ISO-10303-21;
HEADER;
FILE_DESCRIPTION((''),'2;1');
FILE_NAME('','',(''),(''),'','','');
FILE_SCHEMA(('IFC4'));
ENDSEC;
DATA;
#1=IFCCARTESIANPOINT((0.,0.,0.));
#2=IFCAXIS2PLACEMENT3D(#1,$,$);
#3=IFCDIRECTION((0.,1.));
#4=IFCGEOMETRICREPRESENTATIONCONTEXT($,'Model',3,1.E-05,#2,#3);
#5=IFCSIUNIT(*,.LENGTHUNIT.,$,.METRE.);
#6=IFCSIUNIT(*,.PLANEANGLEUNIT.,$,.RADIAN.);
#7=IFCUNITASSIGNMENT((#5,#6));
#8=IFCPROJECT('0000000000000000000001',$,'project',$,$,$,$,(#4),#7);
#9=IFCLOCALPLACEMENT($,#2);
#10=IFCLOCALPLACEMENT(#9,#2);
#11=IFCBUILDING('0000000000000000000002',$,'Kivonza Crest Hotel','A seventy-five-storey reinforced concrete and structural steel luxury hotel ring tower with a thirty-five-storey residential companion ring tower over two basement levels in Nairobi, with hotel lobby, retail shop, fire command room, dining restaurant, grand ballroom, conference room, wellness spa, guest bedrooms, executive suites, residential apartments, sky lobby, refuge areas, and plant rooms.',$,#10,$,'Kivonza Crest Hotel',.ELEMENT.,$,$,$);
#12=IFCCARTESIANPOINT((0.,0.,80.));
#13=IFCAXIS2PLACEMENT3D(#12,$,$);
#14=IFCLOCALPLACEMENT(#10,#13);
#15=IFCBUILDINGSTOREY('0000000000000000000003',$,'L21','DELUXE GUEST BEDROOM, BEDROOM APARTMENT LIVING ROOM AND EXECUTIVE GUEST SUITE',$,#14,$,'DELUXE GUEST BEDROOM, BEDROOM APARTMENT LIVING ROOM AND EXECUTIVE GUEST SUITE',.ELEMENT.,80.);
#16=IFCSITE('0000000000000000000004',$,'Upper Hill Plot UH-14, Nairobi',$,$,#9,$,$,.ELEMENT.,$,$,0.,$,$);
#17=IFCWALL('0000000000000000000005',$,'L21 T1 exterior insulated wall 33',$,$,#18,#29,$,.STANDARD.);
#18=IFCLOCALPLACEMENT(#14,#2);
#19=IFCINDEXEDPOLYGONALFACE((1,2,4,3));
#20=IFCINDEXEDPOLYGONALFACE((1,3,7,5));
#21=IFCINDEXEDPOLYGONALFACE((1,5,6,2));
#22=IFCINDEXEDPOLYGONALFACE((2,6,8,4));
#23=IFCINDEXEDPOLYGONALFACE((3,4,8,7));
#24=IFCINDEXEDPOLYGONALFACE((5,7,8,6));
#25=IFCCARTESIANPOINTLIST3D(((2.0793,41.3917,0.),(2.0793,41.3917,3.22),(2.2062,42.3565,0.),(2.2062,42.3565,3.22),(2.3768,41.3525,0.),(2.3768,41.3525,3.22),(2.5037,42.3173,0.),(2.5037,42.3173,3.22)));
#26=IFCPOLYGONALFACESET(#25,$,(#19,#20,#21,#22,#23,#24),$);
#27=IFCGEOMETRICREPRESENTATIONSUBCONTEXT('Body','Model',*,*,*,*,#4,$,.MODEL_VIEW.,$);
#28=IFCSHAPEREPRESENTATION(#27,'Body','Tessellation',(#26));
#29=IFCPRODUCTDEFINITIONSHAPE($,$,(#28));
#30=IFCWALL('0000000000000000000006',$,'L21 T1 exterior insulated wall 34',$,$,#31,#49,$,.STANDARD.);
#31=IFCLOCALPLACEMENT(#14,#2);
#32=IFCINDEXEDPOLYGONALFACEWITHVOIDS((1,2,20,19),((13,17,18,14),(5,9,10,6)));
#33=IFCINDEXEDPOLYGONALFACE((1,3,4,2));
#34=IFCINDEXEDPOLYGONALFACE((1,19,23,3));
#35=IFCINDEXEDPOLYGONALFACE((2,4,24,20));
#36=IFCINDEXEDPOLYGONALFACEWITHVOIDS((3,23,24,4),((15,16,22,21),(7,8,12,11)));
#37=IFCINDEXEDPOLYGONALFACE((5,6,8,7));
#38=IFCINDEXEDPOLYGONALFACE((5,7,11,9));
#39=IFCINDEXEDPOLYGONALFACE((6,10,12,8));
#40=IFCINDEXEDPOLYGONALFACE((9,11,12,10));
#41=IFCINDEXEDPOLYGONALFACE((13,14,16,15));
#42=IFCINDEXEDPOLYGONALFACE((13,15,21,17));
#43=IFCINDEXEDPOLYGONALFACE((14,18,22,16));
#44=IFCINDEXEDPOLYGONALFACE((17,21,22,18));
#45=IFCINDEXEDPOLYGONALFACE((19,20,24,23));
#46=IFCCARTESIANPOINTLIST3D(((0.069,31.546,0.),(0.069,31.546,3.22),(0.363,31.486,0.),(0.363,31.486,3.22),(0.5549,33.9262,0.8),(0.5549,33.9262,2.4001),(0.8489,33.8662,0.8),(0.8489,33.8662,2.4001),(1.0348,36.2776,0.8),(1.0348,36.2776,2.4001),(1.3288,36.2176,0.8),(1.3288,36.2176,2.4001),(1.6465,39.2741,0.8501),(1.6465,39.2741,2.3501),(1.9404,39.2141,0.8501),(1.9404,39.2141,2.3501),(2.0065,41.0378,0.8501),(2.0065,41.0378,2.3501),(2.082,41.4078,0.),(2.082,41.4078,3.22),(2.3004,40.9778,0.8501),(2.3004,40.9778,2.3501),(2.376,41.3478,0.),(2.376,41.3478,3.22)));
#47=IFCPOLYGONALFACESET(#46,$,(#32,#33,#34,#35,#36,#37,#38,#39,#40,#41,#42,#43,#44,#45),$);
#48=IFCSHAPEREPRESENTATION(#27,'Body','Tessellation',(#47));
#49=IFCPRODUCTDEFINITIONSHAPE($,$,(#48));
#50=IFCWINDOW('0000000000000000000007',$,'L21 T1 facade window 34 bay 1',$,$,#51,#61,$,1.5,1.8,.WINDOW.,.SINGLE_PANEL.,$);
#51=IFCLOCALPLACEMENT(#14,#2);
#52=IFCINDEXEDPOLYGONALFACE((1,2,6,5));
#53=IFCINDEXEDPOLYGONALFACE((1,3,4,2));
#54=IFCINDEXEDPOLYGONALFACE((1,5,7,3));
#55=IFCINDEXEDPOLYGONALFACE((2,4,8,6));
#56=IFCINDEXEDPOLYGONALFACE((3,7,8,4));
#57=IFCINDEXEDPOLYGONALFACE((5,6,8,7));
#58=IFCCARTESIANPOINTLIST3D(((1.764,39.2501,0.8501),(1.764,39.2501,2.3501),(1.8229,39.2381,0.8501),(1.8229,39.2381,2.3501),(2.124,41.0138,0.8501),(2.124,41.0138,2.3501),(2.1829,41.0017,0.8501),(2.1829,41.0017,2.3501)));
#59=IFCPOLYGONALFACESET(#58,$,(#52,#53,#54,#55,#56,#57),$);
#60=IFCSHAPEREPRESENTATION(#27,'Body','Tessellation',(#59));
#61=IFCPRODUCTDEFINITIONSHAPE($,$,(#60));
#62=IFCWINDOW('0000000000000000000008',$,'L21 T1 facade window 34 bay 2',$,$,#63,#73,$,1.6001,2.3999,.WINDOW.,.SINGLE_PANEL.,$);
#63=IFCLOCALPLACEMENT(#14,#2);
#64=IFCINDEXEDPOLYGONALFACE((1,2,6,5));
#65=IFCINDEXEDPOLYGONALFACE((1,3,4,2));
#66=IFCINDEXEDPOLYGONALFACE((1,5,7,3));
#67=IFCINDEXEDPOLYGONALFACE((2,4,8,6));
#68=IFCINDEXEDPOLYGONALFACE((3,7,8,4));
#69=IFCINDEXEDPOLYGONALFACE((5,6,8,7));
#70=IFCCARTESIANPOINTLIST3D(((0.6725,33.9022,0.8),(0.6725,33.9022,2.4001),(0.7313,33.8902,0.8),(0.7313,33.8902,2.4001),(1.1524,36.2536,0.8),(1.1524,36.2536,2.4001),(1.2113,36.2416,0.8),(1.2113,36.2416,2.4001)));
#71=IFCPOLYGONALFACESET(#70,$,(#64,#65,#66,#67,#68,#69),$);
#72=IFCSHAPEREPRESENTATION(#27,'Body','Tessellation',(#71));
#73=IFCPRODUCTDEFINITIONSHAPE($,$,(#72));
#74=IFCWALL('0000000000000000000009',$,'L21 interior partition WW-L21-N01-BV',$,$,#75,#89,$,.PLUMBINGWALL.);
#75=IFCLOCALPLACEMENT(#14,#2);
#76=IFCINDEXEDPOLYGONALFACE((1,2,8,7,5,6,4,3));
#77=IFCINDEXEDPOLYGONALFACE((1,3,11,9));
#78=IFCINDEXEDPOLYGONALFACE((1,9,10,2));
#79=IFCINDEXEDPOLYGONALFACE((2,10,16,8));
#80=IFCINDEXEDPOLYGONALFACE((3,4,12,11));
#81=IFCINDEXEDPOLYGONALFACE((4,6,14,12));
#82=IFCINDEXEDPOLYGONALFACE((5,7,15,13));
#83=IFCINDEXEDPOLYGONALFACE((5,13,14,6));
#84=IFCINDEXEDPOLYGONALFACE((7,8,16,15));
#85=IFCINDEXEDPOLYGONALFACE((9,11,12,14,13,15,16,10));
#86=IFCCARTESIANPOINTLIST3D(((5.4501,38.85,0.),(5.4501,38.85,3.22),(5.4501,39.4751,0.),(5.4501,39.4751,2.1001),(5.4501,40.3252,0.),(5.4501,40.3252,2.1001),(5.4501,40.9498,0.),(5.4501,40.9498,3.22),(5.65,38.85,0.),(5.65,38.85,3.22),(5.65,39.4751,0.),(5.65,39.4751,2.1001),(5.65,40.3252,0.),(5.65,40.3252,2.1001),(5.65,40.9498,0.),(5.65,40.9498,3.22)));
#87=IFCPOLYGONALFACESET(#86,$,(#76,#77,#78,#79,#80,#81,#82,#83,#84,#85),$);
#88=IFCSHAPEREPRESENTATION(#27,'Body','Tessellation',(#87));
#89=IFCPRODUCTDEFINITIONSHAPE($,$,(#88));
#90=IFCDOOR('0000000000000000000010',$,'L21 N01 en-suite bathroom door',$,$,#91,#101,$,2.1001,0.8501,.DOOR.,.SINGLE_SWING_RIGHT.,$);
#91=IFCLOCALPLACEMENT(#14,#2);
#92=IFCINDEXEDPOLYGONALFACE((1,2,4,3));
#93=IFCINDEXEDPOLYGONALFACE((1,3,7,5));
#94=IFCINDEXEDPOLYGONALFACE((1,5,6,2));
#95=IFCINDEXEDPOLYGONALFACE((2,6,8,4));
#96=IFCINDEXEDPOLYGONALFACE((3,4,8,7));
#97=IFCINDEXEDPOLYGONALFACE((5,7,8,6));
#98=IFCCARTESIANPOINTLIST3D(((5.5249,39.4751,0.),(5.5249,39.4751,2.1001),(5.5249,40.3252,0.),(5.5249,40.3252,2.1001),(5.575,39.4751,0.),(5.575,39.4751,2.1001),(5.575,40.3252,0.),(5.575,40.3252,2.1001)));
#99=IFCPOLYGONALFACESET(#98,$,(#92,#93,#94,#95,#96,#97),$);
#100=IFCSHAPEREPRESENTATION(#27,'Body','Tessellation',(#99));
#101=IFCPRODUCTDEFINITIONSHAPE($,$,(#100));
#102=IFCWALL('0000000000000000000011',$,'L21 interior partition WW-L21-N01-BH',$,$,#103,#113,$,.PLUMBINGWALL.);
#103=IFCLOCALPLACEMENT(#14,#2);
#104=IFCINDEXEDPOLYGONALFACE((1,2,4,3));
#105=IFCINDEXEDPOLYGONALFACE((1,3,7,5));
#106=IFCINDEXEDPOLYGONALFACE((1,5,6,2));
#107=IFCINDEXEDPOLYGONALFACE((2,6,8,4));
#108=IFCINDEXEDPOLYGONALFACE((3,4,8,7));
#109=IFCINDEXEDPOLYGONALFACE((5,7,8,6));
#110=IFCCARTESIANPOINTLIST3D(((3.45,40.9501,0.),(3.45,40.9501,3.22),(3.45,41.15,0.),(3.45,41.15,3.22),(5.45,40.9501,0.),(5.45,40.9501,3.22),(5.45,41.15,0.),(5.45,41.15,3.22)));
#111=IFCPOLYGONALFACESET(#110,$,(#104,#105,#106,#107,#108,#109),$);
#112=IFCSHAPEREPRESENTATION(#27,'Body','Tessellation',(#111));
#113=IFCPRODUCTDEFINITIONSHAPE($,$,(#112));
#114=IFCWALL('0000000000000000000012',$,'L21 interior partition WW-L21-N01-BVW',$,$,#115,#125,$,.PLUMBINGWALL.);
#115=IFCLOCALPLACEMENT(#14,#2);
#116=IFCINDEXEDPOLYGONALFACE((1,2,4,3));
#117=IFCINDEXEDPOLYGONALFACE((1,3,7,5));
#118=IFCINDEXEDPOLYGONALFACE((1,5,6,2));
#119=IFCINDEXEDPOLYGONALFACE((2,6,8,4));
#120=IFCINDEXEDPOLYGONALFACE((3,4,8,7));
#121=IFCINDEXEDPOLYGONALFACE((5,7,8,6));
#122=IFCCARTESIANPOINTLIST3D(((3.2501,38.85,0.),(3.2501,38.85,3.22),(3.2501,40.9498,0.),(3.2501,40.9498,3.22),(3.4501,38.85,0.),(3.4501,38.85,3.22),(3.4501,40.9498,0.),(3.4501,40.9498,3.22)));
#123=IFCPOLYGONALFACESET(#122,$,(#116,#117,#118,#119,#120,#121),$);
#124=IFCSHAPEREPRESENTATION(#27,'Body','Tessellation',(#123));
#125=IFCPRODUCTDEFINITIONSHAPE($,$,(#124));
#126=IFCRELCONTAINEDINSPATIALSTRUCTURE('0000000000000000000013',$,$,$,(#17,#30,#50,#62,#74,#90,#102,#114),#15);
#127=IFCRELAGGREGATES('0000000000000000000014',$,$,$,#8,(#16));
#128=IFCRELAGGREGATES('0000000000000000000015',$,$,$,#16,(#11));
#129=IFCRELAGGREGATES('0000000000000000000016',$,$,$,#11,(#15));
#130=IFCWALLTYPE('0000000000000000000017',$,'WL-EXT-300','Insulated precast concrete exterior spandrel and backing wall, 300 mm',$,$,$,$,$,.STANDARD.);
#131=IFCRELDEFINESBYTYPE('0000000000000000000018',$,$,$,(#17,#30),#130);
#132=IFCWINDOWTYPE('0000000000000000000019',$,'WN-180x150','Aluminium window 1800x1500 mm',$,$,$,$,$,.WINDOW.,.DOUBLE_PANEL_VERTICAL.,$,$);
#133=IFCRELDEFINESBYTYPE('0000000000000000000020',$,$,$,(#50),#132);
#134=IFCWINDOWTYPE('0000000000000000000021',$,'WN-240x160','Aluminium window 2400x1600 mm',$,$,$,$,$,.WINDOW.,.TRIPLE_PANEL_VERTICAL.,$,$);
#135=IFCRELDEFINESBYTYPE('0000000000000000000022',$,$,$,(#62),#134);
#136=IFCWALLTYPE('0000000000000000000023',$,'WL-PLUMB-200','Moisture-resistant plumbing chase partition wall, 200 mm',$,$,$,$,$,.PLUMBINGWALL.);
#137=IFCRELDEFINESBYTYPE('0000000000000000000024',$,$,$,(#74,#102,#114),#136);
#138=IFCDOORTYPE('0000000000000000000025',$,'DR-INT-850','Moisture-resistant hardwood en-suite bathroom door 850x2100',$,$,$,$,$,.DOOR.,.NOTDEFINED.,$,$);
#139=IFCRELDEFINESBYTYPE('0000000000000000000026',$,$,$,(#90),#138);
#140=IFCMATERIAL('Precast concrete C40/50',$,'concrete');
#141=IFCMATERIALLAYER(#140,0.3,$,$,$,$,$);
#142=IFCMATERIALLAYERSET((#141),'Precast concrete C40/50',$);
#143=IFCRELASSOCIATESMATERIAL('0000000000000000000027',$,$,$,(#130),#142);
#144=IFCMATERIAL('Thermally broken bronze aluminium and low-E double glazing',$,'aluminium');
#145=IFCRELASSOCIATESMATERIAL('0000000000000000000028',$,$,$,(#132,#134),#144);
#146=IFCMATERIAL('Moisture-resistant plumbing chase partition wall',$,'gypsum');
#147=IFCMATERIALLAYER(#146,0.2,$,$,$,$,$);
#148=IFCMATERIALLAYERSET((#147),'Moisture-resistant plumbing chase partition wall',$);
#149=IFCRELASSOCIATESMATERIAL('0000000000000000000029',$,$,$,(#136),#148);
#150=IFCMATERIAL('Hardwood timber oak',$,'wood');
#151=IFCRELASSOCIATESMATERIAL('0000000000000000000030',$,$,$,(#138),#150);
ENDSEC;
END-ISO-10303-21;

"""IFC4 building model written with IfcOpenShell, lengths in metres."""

from ifc_helpers import new_model, si_unit, direction, frame, frame_2d, origin, place, context, subcontext, project, spatial, rectangle, extrude, material, layer, layer_set, type_object, element, fill, save


model = new_model("IFC4")

# Units and contexts
model_context = context("Model", 3, precision=1e-05, world=origin(), true_north=direction((0.0, 1.0)))
body_context = subcontext(model_context, "Body", "Model", "MODEL_VIEW")
ifc_project = project(units=[si_unit("LENGTHUNIT", "METRE"), si_unit("PLANEANGLEUNIT", "RADIAN")], contexts=[model_context])

# Site, building, storey
site_placement = place(None, origin())
site = spatial("IfcSite", under=ifc_project, at=site_placement, Name="Upper Hill Plot UH-14, Nairobi", CompositionType="ELEMENT", RefElevation=0.0)
building_placement = place(site_placement, origin())
building = spatial("IfcBuilding", under=site, at=building_placement, Name="Kivonza Crest Hotel", Description="A seventy-five-storey reinforced concrete and structural steel luxury hotel ring tower with a thirty-five-storey residential companion ring tower over two basement levels in Nairobi, with hotel lobby, retail shop, fire command room, dining restaurant, grand ballroom, conference room, wellness spa, guest bedrooms, executive suites, residential apartments, sky lobby, refuge areas, and plant rooms.", LongName="Kivonza Crest Hotel", CompositionType="ELEMENT")
storey_placement = place(building_placement, frame((0.0, 0.0, 80.0)))
storey = spatial("IfcBuildingStorey", under=building, at=storey_placement, Name="L21", Description="DELUXE GUEST BEDROOM, BEDROOM APARTMENT LIVING ROOM AND EXECUTIVE GUEST SUITE", LongName="DELUXE GUEST BEDROOM, BEDROOM APARTMENT LIVING ROOM AND EXECUTIVE GUEST SUITE", CompositionType="ELEMENT", Elevation=80.0)

# Shared definitions
ifc_material_1 = material(Name="Hardwood timber oak", Category="wood")

# Wall
ifc_material_2 = material(Name="Precast concrete C40/50", Category="concrete")
ifc_layer_1 = layer(ifc_material_2, 0.3)
ifc_layer_set_1 = layer_set([ifc_layer_1], Name="Precast concrete C40/50")
wall_type_1 = type_object("IfcWallType", Name="WL-EXT-300", Description="Insulated precast concrete exterior spandrel and backing wall, 300 mm", PredefinedType="STANDARD", material=ifc_layer_set_1)
wall_1_placement = place(storey_placement, frame((2.355, 42.3369, 0.0), z_axis=(0.0, 0.0, 1.0), x_axis=(-0.130455, -0.991454, 0.0)))
element("IfcWall", 1, at=wall_1_placement, inside=storey, type_object=wall_type_1, Name="L21 T1 exterior insulated wall 33", PredefinedType="STANDARD", context=body_context, shape_type="SweptSolid", body=[
    extrude(rectangle(XDim=0.9731, YDim=0.3, at=frame_2d((0.4866, 0.0))), origin(), (0.0, 0.0, 1.0), 3.22),
])

# Wall, openings, windows
wall_2_placement = place(storey_placement, frame((2.229, 41.3779, 0.0), z_axis=(0.0, 0.0, 1.0), x_axis=(-0.199991, -0.979798, 0.0)))
wall_2 = element("IfcWall", 2, at=wall_2_placement, inside=storey, type_object=wall_type_1, Name="L21 T1 exterior insulated wall 34", PredefinedType="STANDARD", context=body_context, shape_type="SweptSolid", body=[
    extrude(rectangle(XDim=10.0652, YDim=0.3, at=frame_2d((5.0327, 0.0))), origin(), (0.0, 0.0, 1.0), 3.22),
])
opening_1_placement = place(wall_2_placement, frame((0.3779, 0.0, 0.8501)))
opening_1 = element("IfcOpeningElement", 3, at=opening_1_placement, cuts=wall_2, PredefinedType="OPENING", context=body_context, shape_type="SweptSolid", body=[
    extrude(rectangle(XDim=1.8, YDim=1.5, at=frame_2d((0.8999, 0.75))), frame((0.0, 0.1602, 0.0), z_axis=(0.0, -1.0, 0.0), x_axis=(1.0, 0.0, 0.0)), (0.0, 0.0, 1.0), 0.3201),
])
opening_2_placement = place(wall_2_placement, frame((5.2361, 0.0, 0.8)))
opening_2 = element("IfcOpeningElement", 4, at=opening_2_placement, cuts=wall_2, PredefinedType="OPENING", context=body_context, shape_type="SweptSolid", body=[
    extrude(rectangle(XDim=2.3999, YDim=1.6001, at=frame_2d((1.2, 0.8))), frame((0.0, 0.1602, 0.0), z_axis=(0.0, -1.0, 0.0), x_axis=(1.0, 0.0, 0.0)), (0.0, 0.0, 1.0), 0.3201),
])
ifc_material_3 = material(Name="Thermally broken bronze aluminium and low-E double glazing", Category="aluminium")
window_type_1 = type_object("IfcWindowType", Name="WN-180x150", Description="Aluminium window 1800x1500 mm", PartitioningType="DOUBLE_PANEL_VERTICAL", PredefinedType="WINDOW", material=ifc_material_3)
window_1_placement = place(opening_1_placement, origin())
window_1 = element("IfcWindow", 5, at=window_1_placement, inside=storey, type_object=window_type_1, Name="L21 T1 facade window 34 bay 1", OverallHeight=1.5, OverallWidth=1.8, PartitioningType="SINGLE_PANEL", PredefinedType="WINDOW", context=body_context, shape_type="SweptSolid", body=[
    extrude(rectangle(XDim=1.8, YDim=1.5, at=frame_2d((0.8999, 0.75))), frame((0.0, 0.03, 0.0), z_axis=(0.0, -1.0, 0.0), x_axis=(1.0, 0.0, 0.0)), (0.0, 0.0, 1.0), 0.0601),
])
fill(opening_1, window_1)
window_type_2 = type_object("IfcWindowType", Name="WN-240x160", Description="Aluminium window 2400x1600 mm", PartitioningType="TRIPLE_PANEL_VERTICAL", PredefinedType="WINDOW", material=ifc_material_3)
window_2_placement = place(opening_2_placement, origin())
window_2 = element("IfcWindow", 6, at=window_2_placement, inside=storey, type_object=window_type_2, Name="L21 T1 facade window 34 bay 2", OverallHeight=1.6001, OverallWidth=2.3999, PartitioningType="SINGLE_PANEL", PredefinedType="WINDOW", context=body_context, shape_type="SweptSolid", body=[
    extrude(rectangle(XDim=2.3999, YDim=1.6001, at=frame_2d((1.2, 0.8))), frame((0.0, 0.03, 0.0), z_axis=(0.0, -1.0, 0.0), x_axis=(1.0, 0.0, 0.0)), (0.0, 0.0, 1.0), 0.0601),
])
fill(opening_2, window_2)

# Wall, opening, door
ifc_material_4 = material(Name="Moisture-resistant plumbing chase partition wall", Category="gypsum")
ifc_layer_2 = layer(ifc_material_4, 0.2)
ifc_layer_set_2 = layer_set([ifc_layer_2], Name="Moisture-resistant plumbing chase partition wall")
wall_type_2 = type_object("IfcWallType", Name="WL-PLUMB-200", Description="Moisture-resistant plumbing chase partition wall, 200 mm", PredefinedType="PLUMBINGWALL", material=ifc_layer_set_2)
wall_3_placement = place(storey_placement, frame((5.55, 38.8501, 0.0), z_axis=(0.0, 0.0, 1.0), x_axis=(0.0, 1.0, 0.0)))
wall_3 = element("IfcWall", 7, at=wall_3_placement, inside=storey, type_object=wall_type_2, Name="L21 interior partition WW-L21-N01-BV", PredefinedType="PLUMBINGWALL", context=body_context, shape_type="SweptSolid", body=[
    extrude(rectangle(XDim=2.0999, YDim=0.2, at=frame_2d((1.0498, 0.0))), origin(), (0.0, 0.0, 1.0), 3.22),
])
opening_3_placement = place(wall_3_placement, frame((0.625, 0.0, 0.0)))
opening_3 = element("IfcOpeningElement", 8, at=opening_3_placement, cuts=wall_3, PredefinedType="OPENING", context=body_context, shape_type="SweptSolid", body=[
    extrude(rectangle(XDim=0.8501, YDim=2.1001, at=frame_2d((0.425, 1.05))), frame((0.0, 0.1099, 0.0), z_axis=(0.0, -1.0, 0.0), x_axis=(1.0, 0.0, 0.0)), (0.0, 0.0, 1.0), 0.22),
])
door_type_1 = type_object("IfcDoorType", Name="DR-INT-850", Description="Moisture-resistant hardwood en-suite bathroom door 850x2100", OperationType="NOTDEFINED", PredefinedType="DOOR", material=ifc_material_1)
door_1_placement = place(opening_3_placement, frame((0.8501, 0.0, 0.0), z_axis=(0.0, 0.0, 1.0), x_axis=(-1.0, 0.0, 0.0)))
door_1 = element("IfcDoor", 9, at=door_1_placement, inside=storey, type_object=door_type_1, Name="L21 N01 en-suite bathroom door", OperationType="SINGLE_SWING_RIGHT", OverallHeight=2.1001, OverallWidth=0.8501, PredefinedType="DOOR", context=body_context, shape_type="SweptSolid", body=[
    extrude(rectangle(XDim=0.8501, YDim=2.1001, at=frame_2d((0.425, 1.05))), frame((0.0, 0.0249, 0.0), z_axis=(0.0, -1.0, 0.0), x_axis=(1.0, 0.0, 0.0)), (0.0, 0.0, 1.0), 0.05),
])
fill(opening_3, door_1)

# Walls
wall_4_placement = place(storey_placement, frame((3.45, 41.05, 0.0), z_axis=(0.0, 0.0, 1.0), x_axis=(1.0, 0.0, 0.0)))
element("IfcWall", 10, at=wall_4_placement, inside=storey, type_object=wall_type_2, Name="L21 interior partition WW-L21-N01-BH", PredefinedType="PLUMBINGWALL", context=body_context, shape_type="SweptSolid", body=[
    extrude(rectangle(XDim=2.0, YDim=0.2, at=frame_2d((1.0, 0.0))), origin(), (0.0, 0.0, 1.0), 3.22),
])
wall_5_placement = place(storey_placement, frame((3.3501, 38.8501, 0.0), z_axis=(0.0, 0.0, 1.0), x_axis=(0.0, 1.0, 0.0)))
element("IfcWall", 11, at=wall_5_placement, inside=storey, type_object=wall_type_2, Name="L21 interior partition WW-L21-N01-BVW", PredefinedType="PLUMBINGWALL", context=body_context, shape_type="SweptSolid", body=[
    extrude(rectangle(XDim=2.0999, YDim=0.2, at=frame_2d((1.0498, 0.0))), origin(), (0.0, 0.0, 1.0), 3.22),
])

save(model, "model.ifc")
